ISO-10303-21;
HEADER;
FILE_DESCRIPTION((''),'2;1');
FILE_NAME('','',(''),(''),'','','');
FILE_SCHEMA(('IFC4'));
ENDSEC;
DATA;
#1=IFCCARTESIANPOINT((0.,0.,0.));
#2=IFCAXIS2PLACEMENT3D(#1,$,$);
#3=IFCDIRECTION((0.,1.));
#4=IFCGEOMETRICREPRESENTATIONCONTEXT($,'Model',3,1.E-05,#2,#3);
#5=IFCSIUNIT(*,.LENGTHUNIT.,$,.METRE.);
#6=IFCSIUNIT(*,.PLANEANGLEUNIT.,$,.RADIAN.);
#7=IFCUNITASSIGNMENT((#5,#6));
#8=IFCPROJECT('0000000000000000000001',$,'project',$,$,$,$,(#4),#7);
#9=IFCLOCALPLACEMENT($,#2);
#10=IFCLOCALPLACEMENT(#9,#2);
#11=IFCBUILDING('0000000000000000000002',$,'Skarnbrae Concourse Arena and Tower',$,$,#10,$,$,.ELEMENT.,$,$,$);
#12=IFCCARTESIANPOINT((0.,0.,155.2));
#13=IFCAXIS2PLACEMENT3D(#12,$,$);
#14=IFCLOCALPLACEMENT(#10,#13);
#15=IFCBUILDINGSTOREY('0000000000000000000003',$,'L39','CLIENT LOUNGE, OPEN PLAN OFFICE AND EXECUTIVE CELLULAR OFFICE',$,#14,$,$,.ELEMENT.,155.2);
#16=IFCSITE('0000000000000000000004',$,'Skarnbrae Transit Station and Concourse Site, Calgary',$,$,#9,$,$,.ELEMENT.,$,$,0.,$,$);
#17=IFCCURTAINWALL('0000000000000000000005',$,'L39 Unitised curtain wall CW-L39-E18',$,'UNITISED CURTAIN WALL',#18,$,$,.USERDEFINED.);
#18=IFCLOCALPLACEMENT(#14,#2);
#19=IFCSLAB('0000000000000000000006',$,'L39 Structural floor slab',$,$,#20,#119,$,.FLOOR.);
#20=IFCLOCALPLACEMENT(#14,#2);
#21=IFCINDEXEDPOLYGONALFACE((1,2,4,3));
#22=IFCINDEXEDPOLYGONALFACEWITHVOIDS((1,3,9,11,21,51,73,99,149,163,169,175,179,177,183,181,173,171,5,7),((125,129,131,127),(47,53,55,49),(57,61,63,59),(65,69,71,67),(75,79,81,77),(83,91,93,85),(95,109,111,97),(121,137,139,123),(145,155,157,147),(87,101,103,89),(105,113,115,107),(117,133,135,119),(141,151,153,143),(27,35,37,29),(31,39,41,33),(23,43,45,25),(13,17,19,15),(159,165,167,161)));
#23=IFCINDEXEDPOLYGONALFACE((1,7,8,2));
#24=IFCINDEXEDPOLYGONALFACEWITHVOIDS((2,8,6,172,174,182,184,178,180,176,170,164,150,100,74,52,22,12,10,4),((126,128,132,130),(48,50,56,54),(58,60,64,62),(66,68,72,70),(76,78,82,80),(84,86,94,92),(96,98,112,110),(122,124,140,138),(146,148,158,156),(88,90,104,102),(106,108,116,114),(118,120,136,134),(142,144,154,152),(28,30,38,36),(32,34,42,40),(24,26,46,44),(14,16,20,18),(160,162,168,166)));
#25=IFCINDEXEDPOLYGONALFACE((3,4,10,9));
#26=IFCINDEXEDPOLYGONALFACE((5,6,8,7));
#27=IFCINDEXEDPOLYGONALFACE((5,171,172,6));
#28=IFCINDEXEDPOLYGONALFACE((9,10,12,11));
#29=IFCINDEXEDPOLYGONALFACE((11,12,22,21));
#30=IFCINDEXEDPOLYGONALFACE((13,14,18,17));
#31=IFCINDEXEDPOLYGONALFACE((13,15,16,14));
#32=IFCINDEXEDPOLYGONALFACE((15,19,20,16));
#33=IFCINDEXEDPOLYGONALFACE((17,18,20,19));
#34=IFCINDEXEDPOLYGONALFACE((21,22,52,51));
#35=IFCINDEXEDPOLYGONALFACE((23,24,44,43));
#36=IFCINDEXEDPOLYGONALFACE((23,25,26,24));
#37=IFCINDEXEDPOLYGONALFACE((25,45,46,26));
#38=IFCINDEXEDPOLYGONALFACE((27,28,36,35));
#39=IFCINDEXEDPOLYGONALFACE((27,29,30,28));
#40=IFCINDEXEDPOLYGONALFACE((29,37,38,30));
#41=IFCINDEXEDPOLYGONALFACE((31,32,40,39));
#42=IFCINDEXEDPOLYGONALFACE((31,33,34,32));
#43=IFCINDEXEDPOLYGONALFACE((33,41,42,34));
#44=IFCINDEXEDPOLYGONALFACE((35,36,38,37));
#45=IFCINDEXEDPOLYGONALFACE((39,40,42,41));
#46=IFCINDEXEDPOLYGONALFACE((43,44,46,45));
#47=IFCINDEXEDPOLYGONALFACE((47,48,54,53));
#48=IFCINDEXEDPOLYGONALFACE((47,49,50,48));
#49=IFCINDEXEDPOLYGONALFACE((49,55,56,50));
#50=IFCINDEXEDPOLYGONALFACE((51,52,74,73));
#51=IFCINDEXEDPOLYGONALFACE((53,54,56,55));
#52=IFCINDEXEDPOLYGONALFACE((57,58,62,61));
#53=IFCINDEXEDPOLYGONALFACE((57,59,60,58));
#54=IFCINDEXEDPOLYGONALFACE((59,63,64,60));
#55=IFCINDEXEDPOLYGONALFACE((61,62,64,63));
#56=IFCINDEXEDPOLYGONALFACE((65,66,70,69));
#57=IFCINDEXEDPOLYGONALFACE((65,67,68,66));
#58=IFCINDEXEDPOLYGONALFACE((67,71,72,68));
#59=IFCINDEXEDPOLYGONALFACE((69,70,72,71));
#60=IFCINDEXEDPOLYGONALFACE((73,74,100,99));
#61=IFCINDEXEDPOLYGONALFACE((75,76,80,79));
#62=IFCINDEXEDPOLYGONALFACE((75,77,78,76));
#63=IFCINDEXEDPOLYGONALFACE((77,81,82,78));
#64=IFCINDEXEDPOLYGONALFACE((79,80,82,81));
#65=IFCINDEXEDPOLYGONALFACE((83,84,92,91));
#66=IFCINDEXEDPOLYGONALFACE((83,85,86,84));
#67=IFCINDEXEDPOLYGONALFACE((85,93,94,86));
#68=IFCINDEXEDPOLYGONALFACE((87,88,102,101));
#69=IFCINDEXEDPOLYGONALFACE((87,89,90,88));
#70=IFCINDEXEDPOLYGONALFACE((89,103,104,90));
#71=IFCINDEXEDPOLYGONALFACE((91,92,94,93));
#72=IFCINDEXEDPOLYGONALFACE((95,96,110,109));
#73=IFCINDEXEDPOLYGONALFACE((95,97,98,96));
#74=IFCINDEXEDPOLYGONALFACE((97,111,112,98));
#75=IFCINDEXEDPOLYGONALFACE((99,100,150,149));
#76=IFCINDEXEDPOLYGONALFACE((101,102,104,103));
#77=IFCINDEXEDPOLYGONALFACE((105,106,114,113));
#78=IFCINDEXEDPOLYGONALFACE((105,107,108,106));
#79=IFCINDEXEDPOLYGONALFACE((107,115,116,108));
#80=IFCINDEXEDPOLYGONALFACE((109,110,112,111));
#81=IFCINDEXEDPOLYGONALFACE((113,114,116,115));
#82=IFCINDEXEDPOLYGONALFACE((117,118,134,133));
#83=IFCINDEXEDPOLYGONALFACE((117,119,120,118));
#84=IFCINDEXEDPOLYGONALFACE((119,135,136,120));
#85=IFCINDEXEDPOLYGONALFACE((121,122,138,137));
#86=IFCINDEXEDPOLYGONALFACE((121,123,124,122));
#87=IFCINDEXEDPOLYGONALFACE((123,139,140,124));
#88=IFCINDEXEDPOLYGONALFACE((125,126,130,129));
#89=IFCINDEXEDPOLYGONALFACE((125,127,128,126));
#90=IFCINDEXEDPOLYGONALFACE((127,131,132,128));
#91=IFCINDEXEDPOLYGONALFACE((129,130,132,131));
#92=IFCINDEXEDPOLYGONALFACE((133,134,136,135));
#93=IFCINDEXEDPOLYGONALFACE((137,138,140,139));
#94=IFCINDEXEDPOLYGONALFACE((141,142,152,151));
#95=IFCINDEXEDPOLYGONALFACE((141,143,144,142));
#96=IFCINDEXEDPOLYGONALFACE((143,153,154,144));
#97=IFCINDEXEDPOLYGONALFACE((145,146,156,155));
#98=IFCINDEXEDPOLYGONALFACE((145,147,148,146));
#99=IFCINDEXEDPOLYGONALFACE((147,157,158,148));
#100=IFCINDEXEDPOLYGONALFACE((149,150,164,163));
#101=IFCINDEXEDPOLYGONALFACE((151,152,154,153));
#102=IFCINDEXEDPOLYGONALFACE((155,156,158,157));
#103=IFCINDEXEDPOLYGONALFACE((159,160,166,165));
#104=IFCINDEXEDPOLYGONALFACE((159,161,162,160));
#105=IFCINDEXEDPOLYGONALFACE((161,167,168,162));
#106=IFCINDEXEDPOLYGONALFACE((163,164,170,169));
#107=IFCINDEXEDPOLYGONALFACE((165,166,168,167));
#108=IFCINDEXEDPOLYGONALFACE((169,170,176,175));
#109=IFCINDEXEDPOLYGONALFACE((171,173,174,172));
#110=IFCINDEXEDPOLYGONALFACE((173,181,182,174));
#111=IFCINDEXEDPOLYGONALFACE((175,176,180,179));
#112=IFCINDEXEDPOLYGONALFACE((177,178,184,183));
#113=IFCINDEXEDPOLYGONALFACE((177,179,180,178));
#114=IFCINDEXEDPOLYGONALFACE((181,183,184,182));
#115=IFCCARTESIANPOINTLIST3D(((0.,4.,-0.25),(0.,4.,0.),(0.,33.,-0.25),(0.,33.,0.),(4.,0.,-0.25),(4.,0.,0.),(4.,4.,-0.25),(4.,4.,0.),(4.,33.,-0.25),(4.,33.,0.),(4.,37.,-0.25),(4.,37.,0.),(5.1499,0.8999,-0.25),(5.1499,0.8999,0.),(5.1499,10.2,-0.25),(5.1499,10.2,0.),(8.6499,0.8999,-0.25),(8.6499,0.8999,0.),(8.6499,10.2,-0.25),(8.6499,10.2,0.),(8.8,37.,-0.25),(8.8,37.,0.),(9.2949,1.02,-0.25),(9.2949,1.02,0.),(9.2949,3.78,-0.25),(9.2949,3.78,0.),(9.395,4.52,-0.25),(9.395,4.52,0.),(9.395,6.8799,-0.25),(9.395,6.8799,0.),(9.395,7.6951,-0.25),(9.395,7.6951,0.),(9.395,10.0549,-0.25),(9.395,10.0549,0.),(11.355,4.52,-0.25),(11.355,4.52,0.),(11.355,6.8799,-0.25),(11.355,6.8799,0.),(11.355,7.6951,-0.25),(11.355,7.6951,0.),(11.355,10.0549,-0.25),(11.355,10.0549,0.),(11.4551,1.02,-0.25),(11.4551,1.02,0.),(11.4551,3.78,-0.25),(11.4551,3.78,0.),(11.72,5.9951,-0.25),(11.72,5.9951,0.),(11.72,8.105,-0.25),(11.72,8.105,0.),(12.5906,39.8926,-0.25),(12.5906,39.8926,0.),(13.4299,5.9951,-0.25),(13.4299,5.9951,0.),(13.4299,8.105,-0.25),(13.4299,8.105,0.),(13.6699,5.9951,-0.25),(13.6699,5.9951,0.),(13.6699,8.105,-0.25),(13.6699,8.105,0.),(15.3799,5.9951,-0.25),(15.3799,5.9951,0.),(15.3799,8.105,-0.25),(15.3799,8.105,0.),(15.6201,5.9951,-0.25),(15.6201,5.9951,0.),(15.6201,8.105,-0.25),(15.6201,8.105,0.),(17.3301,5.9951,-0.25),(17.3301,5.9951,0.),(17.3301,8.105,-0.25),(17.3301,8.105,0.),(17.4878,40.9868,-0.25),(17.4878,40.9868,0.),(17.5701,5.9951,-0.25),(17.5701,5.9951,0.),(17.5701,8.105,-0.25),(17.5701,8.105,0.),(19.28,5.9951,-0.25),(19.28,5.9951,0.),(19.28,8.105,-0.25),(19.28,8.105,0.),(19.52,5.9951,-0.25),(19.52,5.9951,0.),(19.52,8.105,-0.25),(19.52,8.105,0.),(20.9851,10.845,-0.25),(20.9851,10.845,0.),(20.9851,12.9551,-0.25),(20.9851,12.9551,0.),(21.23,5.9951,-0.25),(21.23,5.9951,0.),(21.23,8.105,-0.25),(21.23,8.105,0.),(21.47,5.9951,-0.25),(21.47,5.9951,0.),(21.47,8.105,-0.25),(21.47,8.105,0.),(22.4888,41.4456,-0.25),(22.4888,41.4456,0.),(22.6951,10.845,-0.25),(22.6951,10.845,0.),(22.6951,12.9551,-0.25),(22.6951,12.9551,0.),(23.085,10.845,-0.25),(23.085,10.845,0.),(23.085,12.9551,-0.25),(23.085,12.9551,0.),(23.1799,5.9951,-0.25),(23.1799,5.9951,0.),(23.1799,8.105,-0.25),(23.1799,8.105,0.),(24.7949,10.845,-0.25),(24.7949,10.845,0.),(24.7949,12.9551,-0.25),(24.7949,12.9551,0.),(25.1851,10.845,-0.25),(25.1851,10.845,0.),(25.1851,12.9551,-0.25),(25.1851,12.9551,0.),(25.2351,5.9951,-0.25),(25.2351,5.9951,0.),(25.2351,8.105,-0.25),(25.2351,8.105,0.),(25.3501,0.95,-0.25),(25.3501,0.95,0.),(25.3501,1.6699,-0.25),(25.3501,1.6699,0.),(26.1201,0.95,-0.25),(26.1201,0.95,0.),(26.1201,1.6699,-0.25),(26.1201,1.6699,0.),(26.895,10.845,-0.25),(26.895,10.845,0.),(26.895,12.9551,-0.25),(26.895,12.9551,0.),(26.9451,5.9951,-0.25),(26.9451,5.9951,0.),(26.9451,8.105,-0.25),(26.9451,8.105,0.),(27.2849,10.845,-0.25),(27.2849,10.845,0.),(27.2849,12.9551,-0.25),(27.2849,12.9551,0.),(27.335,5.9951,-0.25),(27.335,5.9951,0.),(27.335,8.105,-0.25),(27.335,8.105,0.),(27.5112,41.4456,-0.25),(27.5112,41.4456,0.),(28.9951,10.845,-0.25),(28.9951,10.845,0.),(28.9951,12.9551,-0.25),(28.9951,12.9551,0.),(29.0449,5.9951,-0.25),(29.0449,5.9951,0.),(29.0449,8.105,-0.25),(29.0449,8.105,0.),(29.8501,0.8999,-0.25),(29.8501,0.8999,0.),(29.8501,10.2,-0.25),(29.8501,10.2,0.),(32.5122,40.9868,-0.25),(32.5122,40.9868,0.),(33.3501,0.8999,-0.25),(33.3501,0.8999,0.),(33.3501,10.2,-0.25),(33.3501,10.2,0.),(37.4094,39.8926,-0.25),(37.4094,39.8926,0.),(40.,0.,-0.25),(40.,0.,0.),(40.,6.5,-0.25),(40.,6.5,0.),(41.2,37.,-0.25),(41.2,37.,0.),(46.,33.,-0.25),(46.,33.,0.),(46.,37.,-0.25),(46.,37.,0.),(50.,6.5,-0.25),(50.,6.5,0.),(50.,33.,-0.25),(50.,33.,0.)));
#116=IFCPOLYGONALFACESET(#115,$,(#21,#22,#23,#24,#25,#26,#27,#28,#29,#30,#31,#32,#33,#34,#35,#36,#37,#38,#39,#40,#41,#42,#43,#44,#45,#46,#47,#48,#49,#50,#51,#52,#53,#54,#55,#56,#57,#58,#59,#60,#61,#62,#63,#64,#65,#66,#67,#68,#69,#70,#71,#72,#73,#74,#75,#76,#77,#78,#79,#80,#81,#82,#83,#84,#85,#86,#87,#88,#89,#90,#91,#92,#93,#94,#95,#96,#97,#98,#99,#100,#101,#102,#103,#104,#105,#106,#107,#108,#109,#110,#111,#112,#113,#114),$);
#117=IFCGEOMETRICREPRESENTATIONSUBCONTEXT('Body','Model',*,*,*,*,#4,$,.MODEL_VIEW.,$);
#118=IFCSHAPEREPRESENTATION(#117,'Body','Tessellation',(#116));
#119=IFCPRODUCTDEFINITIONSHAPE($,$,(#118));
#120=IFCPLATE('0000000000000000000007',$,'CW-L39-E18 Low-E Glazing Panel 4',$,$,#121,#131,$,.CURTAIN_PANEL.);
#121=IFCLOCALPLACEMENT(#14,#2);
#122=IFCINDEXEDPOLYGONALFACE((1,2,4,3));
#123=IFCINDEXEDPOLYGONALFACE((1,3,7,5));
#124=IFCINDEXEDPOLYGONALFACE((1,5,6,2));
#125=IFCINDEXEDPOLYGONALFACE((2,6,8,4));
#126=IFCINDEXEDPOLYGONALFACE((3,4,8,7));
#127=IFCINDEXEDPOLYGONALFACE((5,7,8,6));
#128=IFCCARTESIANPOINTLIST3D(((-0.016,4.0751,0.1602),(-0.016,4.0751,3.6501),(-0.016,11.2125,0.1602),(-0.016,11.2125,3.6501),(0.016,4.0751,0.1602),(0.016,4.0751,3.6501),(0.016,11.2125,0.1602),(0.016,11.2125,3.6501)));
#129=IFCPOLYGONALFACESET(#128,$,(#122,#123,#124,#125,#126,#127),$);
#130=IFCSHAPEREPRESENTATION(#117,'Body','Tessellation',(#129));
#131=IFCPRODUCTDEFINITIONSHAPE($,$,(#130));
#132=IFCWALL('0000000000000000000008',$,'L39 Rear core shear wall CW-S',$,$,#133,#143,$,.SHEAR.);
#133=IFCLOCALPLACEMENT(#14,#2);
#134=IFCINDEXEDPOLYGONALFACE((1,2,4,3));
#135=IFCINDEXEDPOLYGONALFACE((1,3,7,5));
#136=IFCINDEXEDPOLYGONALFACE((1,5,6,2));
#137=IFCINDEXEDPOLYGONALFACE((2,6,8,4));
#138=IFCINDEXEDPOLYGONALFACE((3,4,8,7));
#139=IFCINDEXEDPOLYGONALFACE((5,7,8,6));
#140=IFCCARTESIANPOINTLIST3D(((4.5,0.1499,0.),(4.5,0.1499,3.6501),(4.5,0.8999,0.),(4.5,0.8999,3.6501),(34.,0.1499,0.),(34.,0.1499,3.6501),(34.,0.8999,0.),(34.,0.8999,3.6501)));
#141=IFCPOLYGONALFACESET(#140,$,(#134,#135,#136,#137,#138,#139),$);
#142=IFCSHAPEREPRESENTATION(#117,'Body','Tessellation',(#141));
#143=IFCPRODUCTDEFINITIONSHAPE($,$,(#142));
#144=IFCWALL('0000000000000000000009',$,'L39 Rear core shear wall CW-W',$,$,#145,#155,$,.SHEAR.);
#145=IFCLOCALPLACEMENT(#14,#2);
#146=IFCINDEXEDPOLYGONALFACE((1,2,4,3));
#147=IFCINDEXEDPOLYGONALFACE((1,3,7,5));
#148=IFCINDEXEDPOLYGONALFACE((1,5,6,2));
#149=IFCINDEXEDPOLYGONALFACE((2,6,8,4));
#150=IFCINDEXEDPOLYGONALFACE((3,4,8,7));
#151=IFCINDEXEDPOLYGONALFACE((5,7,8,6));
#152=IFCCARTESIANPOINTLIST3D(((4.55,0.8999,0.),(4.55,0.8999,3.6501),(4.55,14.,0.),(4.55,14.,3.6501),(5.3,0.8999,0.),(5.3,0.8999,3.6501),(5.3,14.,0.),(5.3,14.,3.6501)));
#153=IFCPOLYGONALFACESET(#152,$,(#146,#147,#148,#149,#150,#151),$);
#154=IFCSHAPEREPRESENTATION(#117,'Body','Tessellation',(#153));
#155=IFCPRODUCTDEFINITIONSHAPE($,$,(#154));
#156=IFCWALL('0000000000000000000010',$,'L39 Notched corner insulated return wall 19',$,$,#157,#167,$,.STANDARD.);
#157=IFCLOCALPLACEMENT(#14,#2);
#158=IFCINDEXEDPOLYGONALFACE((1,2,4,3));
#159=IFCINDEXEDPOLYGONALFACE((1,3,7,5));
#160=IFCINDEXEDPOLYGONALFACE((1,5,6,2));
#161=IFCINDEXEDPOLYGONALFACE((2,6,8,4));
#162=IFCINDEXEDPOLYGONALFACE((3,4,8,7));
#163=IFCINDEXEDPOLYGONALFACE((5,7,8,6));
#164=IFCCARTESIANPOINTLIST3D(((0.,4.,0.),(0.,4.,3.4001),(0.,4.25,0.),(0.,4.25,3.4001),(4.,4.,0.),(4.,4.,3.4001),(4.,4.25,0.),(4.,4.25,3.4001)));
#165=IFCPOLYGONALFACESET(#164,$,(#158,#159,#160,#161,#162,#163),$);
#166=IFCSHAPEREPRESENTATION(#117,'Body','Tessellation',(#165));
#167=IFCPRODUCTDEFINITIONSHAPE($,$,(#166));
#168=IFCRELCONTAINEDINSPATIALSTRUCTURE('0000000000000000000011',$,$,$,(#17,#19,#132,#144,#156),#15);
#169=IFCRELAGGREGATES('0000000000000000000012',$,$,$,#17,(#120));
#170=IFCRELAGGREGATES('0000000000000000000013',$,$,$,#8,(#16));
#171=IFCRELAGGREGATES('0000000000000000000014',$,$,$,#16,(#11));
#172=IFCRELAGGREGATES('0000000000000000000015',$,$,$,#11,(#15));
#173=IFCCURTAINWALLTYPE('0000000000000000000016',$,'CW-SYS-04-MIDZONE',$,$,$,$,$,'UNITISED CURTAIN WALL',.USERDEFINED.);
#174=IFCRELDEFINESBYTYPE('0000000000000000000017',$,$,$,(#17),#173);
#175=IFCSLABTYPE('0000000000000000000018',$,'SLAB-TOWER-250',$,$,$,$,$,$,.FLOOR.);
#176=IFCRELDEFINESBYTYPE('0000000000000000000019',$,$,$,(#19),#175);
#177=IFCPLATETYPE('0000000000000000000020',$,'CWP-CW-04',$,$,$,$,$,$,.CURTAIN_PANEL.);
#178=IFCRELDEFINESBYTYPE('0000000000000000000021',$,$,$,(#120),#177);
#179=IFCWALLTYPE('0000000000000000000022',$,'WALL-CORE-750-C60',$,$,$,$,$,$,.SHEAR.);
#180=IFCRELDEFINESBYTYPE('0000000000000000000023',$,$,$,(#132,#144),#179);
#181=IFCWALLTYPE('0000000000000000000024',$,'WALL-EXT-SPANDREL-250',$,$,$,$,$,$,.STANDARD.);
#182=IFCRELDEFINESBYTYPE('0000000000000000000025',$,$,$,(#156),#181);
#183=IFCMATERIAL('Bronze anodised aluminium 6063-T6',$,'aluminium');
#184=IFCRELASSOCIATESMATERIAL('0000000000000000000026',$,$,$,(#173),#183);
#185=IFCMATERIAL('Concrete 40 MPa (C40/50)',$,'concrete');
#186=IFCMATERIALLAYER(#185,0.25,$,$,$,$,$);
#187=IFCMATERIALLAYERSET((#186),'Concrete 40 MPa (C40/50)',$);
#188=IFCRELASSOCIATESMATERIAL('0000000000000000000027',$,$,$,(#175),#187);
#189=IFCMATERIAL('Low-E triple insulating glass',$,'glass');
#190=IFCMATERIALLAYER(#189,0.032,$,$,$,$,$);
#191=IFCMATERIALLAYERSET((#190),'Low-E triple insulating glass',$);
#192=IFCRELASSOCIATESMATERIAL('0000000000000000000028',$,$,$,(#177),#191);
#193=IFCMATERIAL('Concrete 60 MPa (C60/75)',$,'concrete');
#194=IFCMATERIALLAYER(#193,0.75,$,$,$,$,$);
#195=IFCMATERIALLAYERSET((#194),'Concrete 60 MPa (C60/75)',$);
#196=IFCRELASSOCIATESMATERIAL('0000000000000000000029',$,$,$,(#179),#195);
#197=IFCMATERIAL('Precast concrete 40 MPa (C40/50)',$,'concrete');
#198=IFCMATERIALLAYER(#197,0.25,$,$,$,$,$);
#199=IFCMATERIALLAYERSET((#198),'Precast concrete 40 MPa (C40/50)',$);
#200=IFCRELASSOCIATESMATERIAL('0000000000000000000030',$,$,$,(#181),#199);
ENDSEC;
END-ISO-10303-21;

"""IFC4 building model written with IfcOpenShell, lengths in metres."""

from ifc_helpers import new_model, si_unit, direction, frame, frame_2d, origin, origin_2d, place, context, subcontext, project, spatial, polyline, rectangle, outline, extrude, source, transform, mapped, material, layer, layer_set, type_object, element, aggregate, save


model = new_model("IFC4")

# Units and contexts
model_context = context("Model", 3, precision=1e-05, world=origin(), true_north=direction((0.0, 1.0)))
body_context = subcontext(model_context, "Body", "Model", "MODEL_VIEW")
ifc_project = project(units=[si_unit("LENGTHUNIT", "METRE"), si_unit("PLANEANGLEUNIT", "RADIAN")], contexts=[model_context])

# Site, building, storey
site_placement = place(None, origin())
site = spatial("IfcSite", under=ifc_project, at=site_placement, Name="Skarnbrae Transit Station and Concourse Site, Calgary", CompositionType="ELEMENT", RefElevation=0.0)
building_placement = place(site_placement, origin())
building = spatial("IfcBuilding", under=site, at=building_placement, Name="Skarnbrae Concourse Arena and Tower", CompositionType="ELEMENT")
storey_placement = place(building_placement, frame((0.0, 0.0, 155.2)))
storey = spatial("IfcBuildingStorey", under=building, at=storey_placement, Name="L39", Description="CLIENT LOUNGE, OPEN PLAN OFFICE AND EXECUTIVE CELLULAR OFFICE", CompositionType="ELEMENT", Elevation=155.2)

# Curtain wall
ifc_material_1 = material(Name="Bronze anodised aluminium 6063-T6", Category="aluminium")
curtain_wall_type = type_object("IfcCurtainWallType", Name="CW-SYS-04-MIDZONE", ElementType="UNITISED CURTAIN WALL", PredefinedType="USERDEFINED", material=ifc_material_1)
curtain_wall_placement = place(storey_placement, origin())
curtain_wall = element("IfcCurtainWall", 1, at=curtain_wall_placement, inside=storey, type_object=curtain_wall_type, Name="L39 Unitised curtain wall CW-L39-E18", ObjectType="UNITISED CURTAIN WALL", PredefinedType="USERDEFINED")

# Shared definitions
ifc_material_2 = material(Name="Concrete 40 MPa (C40/50)", Category="concrete")

# Slab
ifc_layer_1 = layer(ifc_material_2, 0.25)
ifc_layer_set_1 = layer_set([ifc_layer_1], Name="Concrete 40 MPa (C40/50)")
slab_type_1 = type_object("IfcSlabType", Name="SLAB-TOWER-250", PredefinedType="FLOOR", material=ifc_layer_set_1)
slab_1_placement = place(storey_placement, frame((0.0, 0.0, -0.25)))
element("IfcSlab", 2, at=slab_1_placement, inside=storey, type_object=slab_type_1, Name="L39 Structural floor slab", PredefinedType="FLOOR", context=body_context, shape_type="SweptSolid", body=[
    extrude(outline(polyline([(4.0, 0.0), (40.0, 0.0), (40.0, 6.5), (50.0, 6.5), (50.0, 33.0), (46.0, 33.0), (46.0, 37.0), (41.2, 37.0), (37.4094, 39.8926), (32.5122, 40.9868), (27.5112, 41.4456), (22.4888, 41.4456), (17.4878, 40.9868), (12.5906, 39.8926), (8.8, 37.0), (4.0, 37.0), (4.0, 33.0), (0.0, 33.0), (0.0, 4.0), (4.0, 4.0), (4.0, 0.0)]), holes=[polyline([(9.2949, 3.78), (11.4551, 3.78), (11.4551, 1.02), (9.2949, 1.02), (9.2949, 3.78)]), polyline([(8.6499, 10.2), (8.6499, 0.8999), (5.1499, 0.8999), (5.1499, 10.2), (8.6499, 10.2)]), polyline([(9.395, 6.8799), (11.355, 6.8799), (11.355, 4.52), (9.395, 4.52), (9.395, 6.8799)]), polyline([(11.72, 8.105), (13.4299, 8.105), (13.4299, 5.9951), (11.72, 5.9951), (11.72, 8.105)]), polyline([(13.6699, 8.105), (15.3799, 8.105), (15.3799, 5.9951), (13.6699, 5.9951), (13.6699, 8.105)]), polyline([(15.6201, 8.105), (17.3301, 8.105), (17.3301, 5.9951), (15.6201, 5.9951), (15.6201, 8.105)]), polyline([(17.5701, 8.105), (19.28, 8.105), (19.28, 5.9951), (17.5701, 5.9951), (17.5701, 8.105)]), polyline([(21.23, 8.105), (21.23, 5.9951), (19.52, 5.9951), (19.52, 8.105), (21.23, 8.105)]), polyline([(11.355, 10.0549), (11.355, 7.6951), (9.395, 7.6951), (9.395, 10.0549), (11.355, 10.0549)]), polyline([(25.3501, 1.6699), (26.1201, 1.6699), (26.1201, 0.95), (25.3501, 0.95), (25.3501, 1.6699)]), polyline([(33.3501, 10.2), (33.3501, 0.8999), (29.8501, 0.8999), (29.8501, 10.2), (33.3501, 10.2)]), polyline([(21.47, 8.105), (23.1799, 8.105), (23.1799, 5.9951), (21.47, 5.9951), (21.47, 8.105)]), polyline([(25.2351, 8.105), (26.9451, 8.105), (26.9451, 5.9951), (25.2351, 5.9951), (25.2351, 8.105)]), polyline([(27.335, 8.105), (29.0449, 8.105), (29.0449, 5.9951), (27.335, 5.9951), (27.335, 8.105)]), polyline([(20.9851, 12.9551), (22.6951, 12.9551), (22.6951, 10.845), (20.9851, 10.845), (20.9851, 12.9551)]), polyline([(23.085, 12.9551), (24.7949, 12.9551), (24.7949, 10.845), (23.085, 10.845), (23.085, 12.9551)]), polyline([(26.895, 12.9551), (26.895, 10.845), (25.1851, 10.845), (25.1851, 12.9551), (26.895, 12.9551)]), polyline([(28.9951, 12.9551), (28.9951, 10.845), (27.2849, 10.845), (27.2849, 12.9551), (28.9951, 12.9551)])]), origin(), (0.0, 0.0, 1.0), 0.25),
])

# Plate
ifc_material_3 = material(Name="Low-E triple insulating glass", Category="glass")
ifc_layer_2 = layer(ifc_material_3, 0.032)
ifc_layer_set_2 = layer_set([ifc_layer_2], Name="Low-E triple insulating glass")
plate_type = type_object("IfcPlateType", Name="CWP-CW-04", PredefinedType="CURTAIN_PANEL", material=ifc_layer_set_2)
shared_shape_1 = source(origin(), body_context, "Body", "SweptSolid", [
    extrude(rectangle(XDim=7.1375, YDim=0.032, at=origin_2d()), origin(), (0.0, 0.0, 1.0), 3.49),
])
plate_placement = place(storey_placement, frame((0.0, 7.6438, 0.1602), z_axis=(0.0, 0.0, 1.0), x_axis=(0.0, -1.0, 0.0)))
plate = element("IfcPlate", 3, at=plate_placement, type_object=plate_type, Name="CW-L39-E18 Low-E Glazing Panel 4", PredefinedType="CURTAIN_PANEL", context=body_context, shape_type="MappedRepresentation", body=[
    mapped(shared_shape_1, transform((0.0, 0.0, 0.0))),
])
aggregate(curtain_wall, [plate])

# Walls
ifc_material_4 = material(Name="Concrete 60 MPa (C60/75)", Category="concrete")
ifc_layer_3 = layer(ifc_material_4, 0.75)
ifc_layer_set_3 = layer_set([ifc_layer_3], Name="Concrete 60 MPa (C60/75)")
wall_type_1 = type_object("IfcWallType", Name="WALL-CORE-750-C60", PredefinedType="SHEAR", material=ifc_layer_set_3)
shared_shape_2 = source(origin(), body_context, "Body", "SweptSolid", [
    extrude(rectangle(XDim=29.5, YDim=0.75, at=frame_2d((14.75, 0.0))), origin(), (0.0, 0.0, 1.0), 3.6501),
])
wall_1_placement = place(storey_placement, frame((4.5, 0.5249, 0.0), z_axis=(0.0, 0.0, 1.0), x_axis=(1.0, 0.0, 0.0)))
element("IfcWall", 4, at=wall_1_placement, inside=storey, type_object=wall_type_1, Name="L39 Rear core shear wall CW-S", PredefinedType="SHEAR", context=body_context, shape_type="MappedRepresentation", body=[
    mapped(shared_shape_2, transform((0.0, 0.0, 0.0))),
])
shared_shape_3 = source(origin(), body_context, "Body", "SweptSolid", [
    extrude(rectangle(XDim=13.1001, YDim=0.75, at=frame_2d((6.55, 0.0))), origin(), (0.0, 0.0, 1.0), 3.6501),
])
wall_2_placement = place(storey_placement, frame((4.925, 0.8999, 0.0), z_axis=(0.0, 0.0, 1.0), x_axis=(0.0, 1.0, 0.0)))
element("IfcWall", 5, at=wall_2_placement, inside=storey, type_object=wall_type_1, Name="L39 Rear core shear wall CW-W", PredefinedType="SHEAR", context=body_context, shape_type="MappedRepresentation", body=[
    mapped(shared_shape_3, transform((0.0, 0.0, 0.0))),
])
ifc_material_5 = material(Name="Precast concrete 40 MPa (C40/50)", Category="concrete")
ifc_layer_4 = layer(ifc_material_5, 0.25)
ifc_layer_set_4 = layer_set([ifc_layer_4], Name="Precast concrete 40 MPa (C40/50)")
wall_type_2 = type_object("IfcWallType", Name="WALL-EXT-SPANDREL-250", PredefinedType="STANDARD", material=ifc_layer_set_4)
shared_shape_4 = source(origin(), body_context, "Body", "SweptSolid", [
    extrude(rectangle(XDim=4.0, YDim=0.25, at=frame_2d((2.0, 0.0))), origin(), (0.0, 0.0, 1.0), 3.4001),
])
for number, where, z_axis, x_axis, name in (
    (6, (0.0, 4.125, 0.0), (0.0, 0.0, 1.0), (1.0, 0.0, 0.0), "L39 Notched corner insulated return wall 19"),
):
    element("IfcWall", number, at=place(storey_placement, frame(where, z_axis=z_axis, x_axis=x_axis)), inside=storey, type_object=wall_type_2, Name=name, PredefinedType="STANDARD", context=body_context, shape_type="MappedRepresentation", body=[
        mapped(shared_shape_4, transform((0.0, 0.0, 0.0))),
    ])

save(model, "model.ifc")
